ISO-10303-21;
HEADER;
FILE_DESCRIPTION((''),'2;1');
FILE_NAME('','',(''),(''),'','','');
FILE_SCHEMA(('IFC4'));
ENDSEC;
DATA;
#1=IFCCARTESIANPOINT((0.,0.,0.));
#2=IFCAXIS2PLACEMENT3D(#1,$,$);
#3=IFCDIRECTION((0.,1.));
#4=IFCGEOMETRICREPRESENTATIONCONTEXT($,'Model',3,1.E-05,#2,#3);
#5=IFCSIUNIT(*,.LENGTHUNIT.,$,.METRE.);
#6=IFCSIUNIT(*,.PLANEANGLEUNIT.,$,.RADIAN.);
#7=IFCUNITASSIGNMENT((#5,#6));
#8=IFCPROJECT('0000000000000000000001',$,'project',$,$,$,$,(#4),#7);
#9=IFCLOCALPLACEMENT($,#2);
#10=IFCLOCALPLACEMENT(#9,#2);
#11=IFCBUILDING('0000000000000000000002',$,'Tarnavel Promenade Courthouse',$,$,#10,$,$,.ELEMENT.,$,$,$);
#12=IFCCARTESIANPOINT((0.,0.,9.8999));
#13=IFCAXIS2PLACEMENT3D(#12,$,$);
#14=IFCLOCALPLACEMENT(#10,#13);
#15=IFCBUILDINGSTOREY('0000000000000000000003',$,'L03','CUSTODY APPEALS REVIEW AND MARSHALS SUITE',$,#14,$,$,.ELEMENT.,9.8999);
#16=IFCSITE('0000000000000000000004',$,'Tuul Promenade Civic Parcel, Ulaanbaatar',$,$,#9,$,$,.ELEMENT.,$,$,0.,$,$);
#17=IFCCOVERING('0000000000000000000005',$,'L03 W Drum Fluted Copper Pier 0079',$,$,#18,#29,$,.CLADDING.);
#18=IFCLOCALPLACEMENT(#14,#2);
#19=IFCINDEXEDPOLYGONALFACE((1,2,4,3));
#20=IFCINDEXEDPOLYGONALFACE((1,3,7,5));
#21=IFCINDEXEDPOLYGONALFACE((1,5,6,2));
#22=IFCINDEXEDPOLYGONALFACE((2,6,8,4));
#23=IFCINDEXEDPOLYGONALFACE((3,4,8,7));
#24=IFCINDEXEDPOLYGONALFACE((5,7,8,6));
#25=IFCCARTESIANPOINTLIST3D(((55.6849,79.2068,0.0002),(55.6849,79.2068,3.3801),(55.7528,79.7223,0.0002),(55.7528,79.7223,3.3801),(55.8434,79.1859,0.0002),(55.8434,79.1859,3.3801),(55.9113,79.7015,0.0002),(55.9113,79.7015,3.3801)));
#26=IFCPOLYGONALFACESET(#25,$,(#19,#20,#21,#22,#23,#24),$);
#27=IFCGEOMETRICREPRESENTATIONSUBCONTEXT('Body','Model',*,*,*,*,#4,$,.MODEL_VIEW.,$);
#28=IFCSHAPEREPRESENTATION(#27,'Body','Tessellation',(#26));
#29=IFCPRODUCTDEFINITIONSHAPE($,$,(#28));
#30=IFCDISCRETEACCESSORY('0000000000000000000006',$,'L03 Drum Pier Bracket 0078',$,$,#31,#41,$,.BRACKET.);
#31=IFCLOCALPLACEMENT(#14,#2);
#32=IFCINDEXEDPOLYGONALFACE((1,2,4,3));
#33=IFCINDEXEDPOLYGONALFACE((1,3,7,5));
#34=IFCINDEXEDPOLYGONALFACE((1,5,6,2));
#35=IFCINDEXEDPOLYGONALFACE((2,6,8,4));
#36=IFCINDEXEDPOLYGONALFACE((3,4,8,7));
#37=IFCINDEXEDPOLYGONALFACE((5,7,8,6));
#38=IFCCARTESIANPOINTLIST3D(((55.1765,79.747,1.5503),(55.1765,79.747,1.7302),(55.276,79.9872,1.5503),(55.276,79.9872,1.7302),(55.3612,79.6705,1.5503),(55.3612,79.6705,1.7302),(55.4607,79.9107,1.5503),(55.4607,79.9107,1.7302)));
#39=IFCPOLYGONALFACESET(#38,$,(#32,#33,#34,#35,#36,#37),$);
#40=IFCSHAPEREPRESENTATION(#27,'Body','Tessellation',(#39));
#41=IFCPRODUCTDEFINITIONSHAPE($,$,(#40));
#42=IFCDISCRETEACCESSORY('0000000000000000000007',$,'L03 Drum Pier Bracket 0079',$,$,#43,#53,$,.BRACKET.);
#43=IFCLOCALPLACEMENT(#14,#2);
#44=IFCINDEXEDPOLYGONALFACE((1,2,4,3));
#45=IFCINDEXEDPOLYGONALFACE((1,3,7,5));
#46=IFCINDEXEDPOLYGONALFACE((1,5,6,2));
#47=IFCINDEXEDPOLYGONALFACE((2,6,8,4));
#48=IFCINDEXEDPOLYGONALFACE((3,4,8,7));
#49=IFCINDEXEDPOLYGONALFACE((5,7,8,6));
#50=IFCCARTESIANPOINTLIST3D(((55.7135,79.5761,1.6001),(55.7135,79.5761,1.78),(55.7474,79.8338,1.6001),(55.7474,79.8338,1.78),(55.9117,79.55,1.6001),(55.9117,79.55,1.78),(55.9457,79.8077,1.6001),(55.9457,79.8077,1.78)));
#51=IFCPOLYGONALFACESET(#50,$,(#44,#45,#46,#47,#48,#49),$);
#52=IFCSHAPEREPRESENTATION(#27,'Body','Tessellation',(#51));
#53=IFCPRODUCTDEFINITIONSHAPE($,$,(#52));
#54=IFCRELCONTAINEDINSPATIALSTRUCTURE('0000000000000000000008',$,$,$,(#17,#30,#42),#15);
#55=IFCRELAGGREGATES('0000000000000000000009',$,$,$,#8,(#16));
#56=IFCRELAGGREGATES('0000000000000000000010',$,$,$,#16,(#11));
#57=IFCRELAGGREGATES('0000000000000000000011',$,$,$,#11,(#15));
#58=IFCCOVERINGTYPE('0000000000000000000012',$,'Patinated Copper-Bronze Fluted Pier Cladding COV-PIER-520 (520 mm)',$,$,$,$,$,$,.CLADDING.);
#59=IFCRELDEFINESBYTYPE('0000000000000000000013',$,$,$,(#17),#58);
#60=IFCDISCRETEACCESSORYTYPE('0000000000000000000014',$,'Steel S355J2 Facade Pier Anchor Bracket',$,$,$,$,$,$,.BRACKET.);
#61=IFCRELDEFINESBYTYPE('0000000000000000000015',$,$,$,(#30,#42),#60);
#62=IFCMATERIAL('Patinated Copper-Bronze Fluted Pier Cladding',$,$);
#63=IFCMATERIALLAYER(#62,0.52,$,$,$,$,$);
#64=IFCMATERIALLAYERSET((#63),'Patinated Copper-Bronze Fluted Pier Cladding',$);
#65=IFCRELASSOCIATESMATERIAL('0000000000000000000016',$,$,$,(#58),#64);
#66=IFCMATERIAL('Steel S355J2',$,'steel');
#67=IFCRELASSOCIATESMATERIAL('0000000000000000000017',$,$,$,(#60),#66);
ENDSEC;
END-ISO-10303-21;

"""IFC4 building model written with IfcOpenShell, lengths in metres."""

from ifc_helpers import new_model, si_unit, direction, frame, origin, origin_2d, place, context, subcontext, project, spatial, rectangle, extrude, material, layer, layer_set, type_object, element, save


model = new_model("IFC4")

# Units and contexts
model_context = context("Model", 3, precision=1e-05, world=origin(), true_north=direction((0.0, 1.0)))
body_context = subcontext(model_context, "Body", "Model", "MODEL_VIEW")
ifc_project = project(units=[si_unit("LENGTHUNIT", "METRE"), si_unit("PLANEANGLEUNIT", "RADIAN")], contexts=[model_context])

# Site, building, storey
site_placement = place(None, origin())
site = spatial("IfcSite", under=ifc_project, at=site_placement, Name="Tuul Promenade Civic Parcel, Ulaanbaatar", CompositionType="ELEMENT", RefElevation=0.0)
building_placement = place(site_placement, origin())
building = spatial("IfcBuilding", under=site, at=building_placement, Name="Tarnavel Promenade Courthouse", CompositionType="ELEMENT")
storey_placement = place(building_placement, frame((0.0, 0.0, 9.8999)))
storey = spatial("IfcBuildingStorey", under=building, at=storey_placement, Name="L03", Description="CUSTODY APPEALS REVIEW AND MARSHALS SUITE", CompositionType="ELEMENT", Elevation=9.8999)

# Covering
ifc_material_1 = material(Name="Patinated Copper-Bronze Fluted Pier Cladding")
ifc_layer_1 = layer(ifc_material_1, 0.52)
ifc_layer_set_1 = layer_set([ifc_layer_1], Name="Patinated Copper-Bronze Fluted Pier Cladding")
covering_type = type_object("IfcCoveringType", Name="Patinated Copper-Bronze Fluted Pier Cladding COV-PIER-520 (520 mm)", PredefinedType="CLADDING", material=ifc_layer_set_1)
covering_1_placement = place(storey_placement, frame((55.7981, 79.4541, 0.0002), z_axis=(0.0, 0.0, 1.0), x_axis=(0.991445, -0.130526, 0.0)))
element("IfcCovering", 1, at=covering_1_placement, inside=storey, type_object=covering_type, Name="L03 W Drum Fluted Copper Pier 0079", PredefinedType="CLADDING", context=body_context, shape_type="SweptSolid", body=[
    extrude(rectangle(XDim=0.1599, YDim=0.52, at=origin_2d()), origin(), (0.0, 0.0, 1.0), 3.3799),
])

# Discrete accessories
ifc_material_2 = material(Name="Steel S355J2", Category="steel")
discrete_accessory_type = type_object("IfcDiscreteAccessoryType", Name="Steel S355J2 Facade Pier Anchor Bracket", PredefinedType="BRACKET", material=ifc_material_2)
for number, where, z_axis, x_axis, name in (
    (2, (55.3186, 79.8289, 1.5503), (0.0, 0.0, 1.0), (0.92388, -0.382683, 0.0), "L03 Drum Pier Bracket 0078"),
    (3, (55.8296, 79.6919, 1.6001), (0.0, 0.0, 1.0), (0.991445, -0.130526, 0.0), "L03 Drum Pier Bracket 0079"),
):
    element("IfcDiscreteAccessory", number, at=place(storey_placement, frame(where, z_axis=z_axis, x_axis=x_axis)), inside=storey, type_object=discrete_accessory_type, Name=name, PredefinedType="BRACKET", context=body_context, shape_type="SweptSolid", body=[
        extrude(rectangle(XDim=0.2, YDim=0.26, at=origin_2d()), origin(), (0.0, 0.0, 1.0), 0.1799),
    ])

save(model, "model.ifc")
